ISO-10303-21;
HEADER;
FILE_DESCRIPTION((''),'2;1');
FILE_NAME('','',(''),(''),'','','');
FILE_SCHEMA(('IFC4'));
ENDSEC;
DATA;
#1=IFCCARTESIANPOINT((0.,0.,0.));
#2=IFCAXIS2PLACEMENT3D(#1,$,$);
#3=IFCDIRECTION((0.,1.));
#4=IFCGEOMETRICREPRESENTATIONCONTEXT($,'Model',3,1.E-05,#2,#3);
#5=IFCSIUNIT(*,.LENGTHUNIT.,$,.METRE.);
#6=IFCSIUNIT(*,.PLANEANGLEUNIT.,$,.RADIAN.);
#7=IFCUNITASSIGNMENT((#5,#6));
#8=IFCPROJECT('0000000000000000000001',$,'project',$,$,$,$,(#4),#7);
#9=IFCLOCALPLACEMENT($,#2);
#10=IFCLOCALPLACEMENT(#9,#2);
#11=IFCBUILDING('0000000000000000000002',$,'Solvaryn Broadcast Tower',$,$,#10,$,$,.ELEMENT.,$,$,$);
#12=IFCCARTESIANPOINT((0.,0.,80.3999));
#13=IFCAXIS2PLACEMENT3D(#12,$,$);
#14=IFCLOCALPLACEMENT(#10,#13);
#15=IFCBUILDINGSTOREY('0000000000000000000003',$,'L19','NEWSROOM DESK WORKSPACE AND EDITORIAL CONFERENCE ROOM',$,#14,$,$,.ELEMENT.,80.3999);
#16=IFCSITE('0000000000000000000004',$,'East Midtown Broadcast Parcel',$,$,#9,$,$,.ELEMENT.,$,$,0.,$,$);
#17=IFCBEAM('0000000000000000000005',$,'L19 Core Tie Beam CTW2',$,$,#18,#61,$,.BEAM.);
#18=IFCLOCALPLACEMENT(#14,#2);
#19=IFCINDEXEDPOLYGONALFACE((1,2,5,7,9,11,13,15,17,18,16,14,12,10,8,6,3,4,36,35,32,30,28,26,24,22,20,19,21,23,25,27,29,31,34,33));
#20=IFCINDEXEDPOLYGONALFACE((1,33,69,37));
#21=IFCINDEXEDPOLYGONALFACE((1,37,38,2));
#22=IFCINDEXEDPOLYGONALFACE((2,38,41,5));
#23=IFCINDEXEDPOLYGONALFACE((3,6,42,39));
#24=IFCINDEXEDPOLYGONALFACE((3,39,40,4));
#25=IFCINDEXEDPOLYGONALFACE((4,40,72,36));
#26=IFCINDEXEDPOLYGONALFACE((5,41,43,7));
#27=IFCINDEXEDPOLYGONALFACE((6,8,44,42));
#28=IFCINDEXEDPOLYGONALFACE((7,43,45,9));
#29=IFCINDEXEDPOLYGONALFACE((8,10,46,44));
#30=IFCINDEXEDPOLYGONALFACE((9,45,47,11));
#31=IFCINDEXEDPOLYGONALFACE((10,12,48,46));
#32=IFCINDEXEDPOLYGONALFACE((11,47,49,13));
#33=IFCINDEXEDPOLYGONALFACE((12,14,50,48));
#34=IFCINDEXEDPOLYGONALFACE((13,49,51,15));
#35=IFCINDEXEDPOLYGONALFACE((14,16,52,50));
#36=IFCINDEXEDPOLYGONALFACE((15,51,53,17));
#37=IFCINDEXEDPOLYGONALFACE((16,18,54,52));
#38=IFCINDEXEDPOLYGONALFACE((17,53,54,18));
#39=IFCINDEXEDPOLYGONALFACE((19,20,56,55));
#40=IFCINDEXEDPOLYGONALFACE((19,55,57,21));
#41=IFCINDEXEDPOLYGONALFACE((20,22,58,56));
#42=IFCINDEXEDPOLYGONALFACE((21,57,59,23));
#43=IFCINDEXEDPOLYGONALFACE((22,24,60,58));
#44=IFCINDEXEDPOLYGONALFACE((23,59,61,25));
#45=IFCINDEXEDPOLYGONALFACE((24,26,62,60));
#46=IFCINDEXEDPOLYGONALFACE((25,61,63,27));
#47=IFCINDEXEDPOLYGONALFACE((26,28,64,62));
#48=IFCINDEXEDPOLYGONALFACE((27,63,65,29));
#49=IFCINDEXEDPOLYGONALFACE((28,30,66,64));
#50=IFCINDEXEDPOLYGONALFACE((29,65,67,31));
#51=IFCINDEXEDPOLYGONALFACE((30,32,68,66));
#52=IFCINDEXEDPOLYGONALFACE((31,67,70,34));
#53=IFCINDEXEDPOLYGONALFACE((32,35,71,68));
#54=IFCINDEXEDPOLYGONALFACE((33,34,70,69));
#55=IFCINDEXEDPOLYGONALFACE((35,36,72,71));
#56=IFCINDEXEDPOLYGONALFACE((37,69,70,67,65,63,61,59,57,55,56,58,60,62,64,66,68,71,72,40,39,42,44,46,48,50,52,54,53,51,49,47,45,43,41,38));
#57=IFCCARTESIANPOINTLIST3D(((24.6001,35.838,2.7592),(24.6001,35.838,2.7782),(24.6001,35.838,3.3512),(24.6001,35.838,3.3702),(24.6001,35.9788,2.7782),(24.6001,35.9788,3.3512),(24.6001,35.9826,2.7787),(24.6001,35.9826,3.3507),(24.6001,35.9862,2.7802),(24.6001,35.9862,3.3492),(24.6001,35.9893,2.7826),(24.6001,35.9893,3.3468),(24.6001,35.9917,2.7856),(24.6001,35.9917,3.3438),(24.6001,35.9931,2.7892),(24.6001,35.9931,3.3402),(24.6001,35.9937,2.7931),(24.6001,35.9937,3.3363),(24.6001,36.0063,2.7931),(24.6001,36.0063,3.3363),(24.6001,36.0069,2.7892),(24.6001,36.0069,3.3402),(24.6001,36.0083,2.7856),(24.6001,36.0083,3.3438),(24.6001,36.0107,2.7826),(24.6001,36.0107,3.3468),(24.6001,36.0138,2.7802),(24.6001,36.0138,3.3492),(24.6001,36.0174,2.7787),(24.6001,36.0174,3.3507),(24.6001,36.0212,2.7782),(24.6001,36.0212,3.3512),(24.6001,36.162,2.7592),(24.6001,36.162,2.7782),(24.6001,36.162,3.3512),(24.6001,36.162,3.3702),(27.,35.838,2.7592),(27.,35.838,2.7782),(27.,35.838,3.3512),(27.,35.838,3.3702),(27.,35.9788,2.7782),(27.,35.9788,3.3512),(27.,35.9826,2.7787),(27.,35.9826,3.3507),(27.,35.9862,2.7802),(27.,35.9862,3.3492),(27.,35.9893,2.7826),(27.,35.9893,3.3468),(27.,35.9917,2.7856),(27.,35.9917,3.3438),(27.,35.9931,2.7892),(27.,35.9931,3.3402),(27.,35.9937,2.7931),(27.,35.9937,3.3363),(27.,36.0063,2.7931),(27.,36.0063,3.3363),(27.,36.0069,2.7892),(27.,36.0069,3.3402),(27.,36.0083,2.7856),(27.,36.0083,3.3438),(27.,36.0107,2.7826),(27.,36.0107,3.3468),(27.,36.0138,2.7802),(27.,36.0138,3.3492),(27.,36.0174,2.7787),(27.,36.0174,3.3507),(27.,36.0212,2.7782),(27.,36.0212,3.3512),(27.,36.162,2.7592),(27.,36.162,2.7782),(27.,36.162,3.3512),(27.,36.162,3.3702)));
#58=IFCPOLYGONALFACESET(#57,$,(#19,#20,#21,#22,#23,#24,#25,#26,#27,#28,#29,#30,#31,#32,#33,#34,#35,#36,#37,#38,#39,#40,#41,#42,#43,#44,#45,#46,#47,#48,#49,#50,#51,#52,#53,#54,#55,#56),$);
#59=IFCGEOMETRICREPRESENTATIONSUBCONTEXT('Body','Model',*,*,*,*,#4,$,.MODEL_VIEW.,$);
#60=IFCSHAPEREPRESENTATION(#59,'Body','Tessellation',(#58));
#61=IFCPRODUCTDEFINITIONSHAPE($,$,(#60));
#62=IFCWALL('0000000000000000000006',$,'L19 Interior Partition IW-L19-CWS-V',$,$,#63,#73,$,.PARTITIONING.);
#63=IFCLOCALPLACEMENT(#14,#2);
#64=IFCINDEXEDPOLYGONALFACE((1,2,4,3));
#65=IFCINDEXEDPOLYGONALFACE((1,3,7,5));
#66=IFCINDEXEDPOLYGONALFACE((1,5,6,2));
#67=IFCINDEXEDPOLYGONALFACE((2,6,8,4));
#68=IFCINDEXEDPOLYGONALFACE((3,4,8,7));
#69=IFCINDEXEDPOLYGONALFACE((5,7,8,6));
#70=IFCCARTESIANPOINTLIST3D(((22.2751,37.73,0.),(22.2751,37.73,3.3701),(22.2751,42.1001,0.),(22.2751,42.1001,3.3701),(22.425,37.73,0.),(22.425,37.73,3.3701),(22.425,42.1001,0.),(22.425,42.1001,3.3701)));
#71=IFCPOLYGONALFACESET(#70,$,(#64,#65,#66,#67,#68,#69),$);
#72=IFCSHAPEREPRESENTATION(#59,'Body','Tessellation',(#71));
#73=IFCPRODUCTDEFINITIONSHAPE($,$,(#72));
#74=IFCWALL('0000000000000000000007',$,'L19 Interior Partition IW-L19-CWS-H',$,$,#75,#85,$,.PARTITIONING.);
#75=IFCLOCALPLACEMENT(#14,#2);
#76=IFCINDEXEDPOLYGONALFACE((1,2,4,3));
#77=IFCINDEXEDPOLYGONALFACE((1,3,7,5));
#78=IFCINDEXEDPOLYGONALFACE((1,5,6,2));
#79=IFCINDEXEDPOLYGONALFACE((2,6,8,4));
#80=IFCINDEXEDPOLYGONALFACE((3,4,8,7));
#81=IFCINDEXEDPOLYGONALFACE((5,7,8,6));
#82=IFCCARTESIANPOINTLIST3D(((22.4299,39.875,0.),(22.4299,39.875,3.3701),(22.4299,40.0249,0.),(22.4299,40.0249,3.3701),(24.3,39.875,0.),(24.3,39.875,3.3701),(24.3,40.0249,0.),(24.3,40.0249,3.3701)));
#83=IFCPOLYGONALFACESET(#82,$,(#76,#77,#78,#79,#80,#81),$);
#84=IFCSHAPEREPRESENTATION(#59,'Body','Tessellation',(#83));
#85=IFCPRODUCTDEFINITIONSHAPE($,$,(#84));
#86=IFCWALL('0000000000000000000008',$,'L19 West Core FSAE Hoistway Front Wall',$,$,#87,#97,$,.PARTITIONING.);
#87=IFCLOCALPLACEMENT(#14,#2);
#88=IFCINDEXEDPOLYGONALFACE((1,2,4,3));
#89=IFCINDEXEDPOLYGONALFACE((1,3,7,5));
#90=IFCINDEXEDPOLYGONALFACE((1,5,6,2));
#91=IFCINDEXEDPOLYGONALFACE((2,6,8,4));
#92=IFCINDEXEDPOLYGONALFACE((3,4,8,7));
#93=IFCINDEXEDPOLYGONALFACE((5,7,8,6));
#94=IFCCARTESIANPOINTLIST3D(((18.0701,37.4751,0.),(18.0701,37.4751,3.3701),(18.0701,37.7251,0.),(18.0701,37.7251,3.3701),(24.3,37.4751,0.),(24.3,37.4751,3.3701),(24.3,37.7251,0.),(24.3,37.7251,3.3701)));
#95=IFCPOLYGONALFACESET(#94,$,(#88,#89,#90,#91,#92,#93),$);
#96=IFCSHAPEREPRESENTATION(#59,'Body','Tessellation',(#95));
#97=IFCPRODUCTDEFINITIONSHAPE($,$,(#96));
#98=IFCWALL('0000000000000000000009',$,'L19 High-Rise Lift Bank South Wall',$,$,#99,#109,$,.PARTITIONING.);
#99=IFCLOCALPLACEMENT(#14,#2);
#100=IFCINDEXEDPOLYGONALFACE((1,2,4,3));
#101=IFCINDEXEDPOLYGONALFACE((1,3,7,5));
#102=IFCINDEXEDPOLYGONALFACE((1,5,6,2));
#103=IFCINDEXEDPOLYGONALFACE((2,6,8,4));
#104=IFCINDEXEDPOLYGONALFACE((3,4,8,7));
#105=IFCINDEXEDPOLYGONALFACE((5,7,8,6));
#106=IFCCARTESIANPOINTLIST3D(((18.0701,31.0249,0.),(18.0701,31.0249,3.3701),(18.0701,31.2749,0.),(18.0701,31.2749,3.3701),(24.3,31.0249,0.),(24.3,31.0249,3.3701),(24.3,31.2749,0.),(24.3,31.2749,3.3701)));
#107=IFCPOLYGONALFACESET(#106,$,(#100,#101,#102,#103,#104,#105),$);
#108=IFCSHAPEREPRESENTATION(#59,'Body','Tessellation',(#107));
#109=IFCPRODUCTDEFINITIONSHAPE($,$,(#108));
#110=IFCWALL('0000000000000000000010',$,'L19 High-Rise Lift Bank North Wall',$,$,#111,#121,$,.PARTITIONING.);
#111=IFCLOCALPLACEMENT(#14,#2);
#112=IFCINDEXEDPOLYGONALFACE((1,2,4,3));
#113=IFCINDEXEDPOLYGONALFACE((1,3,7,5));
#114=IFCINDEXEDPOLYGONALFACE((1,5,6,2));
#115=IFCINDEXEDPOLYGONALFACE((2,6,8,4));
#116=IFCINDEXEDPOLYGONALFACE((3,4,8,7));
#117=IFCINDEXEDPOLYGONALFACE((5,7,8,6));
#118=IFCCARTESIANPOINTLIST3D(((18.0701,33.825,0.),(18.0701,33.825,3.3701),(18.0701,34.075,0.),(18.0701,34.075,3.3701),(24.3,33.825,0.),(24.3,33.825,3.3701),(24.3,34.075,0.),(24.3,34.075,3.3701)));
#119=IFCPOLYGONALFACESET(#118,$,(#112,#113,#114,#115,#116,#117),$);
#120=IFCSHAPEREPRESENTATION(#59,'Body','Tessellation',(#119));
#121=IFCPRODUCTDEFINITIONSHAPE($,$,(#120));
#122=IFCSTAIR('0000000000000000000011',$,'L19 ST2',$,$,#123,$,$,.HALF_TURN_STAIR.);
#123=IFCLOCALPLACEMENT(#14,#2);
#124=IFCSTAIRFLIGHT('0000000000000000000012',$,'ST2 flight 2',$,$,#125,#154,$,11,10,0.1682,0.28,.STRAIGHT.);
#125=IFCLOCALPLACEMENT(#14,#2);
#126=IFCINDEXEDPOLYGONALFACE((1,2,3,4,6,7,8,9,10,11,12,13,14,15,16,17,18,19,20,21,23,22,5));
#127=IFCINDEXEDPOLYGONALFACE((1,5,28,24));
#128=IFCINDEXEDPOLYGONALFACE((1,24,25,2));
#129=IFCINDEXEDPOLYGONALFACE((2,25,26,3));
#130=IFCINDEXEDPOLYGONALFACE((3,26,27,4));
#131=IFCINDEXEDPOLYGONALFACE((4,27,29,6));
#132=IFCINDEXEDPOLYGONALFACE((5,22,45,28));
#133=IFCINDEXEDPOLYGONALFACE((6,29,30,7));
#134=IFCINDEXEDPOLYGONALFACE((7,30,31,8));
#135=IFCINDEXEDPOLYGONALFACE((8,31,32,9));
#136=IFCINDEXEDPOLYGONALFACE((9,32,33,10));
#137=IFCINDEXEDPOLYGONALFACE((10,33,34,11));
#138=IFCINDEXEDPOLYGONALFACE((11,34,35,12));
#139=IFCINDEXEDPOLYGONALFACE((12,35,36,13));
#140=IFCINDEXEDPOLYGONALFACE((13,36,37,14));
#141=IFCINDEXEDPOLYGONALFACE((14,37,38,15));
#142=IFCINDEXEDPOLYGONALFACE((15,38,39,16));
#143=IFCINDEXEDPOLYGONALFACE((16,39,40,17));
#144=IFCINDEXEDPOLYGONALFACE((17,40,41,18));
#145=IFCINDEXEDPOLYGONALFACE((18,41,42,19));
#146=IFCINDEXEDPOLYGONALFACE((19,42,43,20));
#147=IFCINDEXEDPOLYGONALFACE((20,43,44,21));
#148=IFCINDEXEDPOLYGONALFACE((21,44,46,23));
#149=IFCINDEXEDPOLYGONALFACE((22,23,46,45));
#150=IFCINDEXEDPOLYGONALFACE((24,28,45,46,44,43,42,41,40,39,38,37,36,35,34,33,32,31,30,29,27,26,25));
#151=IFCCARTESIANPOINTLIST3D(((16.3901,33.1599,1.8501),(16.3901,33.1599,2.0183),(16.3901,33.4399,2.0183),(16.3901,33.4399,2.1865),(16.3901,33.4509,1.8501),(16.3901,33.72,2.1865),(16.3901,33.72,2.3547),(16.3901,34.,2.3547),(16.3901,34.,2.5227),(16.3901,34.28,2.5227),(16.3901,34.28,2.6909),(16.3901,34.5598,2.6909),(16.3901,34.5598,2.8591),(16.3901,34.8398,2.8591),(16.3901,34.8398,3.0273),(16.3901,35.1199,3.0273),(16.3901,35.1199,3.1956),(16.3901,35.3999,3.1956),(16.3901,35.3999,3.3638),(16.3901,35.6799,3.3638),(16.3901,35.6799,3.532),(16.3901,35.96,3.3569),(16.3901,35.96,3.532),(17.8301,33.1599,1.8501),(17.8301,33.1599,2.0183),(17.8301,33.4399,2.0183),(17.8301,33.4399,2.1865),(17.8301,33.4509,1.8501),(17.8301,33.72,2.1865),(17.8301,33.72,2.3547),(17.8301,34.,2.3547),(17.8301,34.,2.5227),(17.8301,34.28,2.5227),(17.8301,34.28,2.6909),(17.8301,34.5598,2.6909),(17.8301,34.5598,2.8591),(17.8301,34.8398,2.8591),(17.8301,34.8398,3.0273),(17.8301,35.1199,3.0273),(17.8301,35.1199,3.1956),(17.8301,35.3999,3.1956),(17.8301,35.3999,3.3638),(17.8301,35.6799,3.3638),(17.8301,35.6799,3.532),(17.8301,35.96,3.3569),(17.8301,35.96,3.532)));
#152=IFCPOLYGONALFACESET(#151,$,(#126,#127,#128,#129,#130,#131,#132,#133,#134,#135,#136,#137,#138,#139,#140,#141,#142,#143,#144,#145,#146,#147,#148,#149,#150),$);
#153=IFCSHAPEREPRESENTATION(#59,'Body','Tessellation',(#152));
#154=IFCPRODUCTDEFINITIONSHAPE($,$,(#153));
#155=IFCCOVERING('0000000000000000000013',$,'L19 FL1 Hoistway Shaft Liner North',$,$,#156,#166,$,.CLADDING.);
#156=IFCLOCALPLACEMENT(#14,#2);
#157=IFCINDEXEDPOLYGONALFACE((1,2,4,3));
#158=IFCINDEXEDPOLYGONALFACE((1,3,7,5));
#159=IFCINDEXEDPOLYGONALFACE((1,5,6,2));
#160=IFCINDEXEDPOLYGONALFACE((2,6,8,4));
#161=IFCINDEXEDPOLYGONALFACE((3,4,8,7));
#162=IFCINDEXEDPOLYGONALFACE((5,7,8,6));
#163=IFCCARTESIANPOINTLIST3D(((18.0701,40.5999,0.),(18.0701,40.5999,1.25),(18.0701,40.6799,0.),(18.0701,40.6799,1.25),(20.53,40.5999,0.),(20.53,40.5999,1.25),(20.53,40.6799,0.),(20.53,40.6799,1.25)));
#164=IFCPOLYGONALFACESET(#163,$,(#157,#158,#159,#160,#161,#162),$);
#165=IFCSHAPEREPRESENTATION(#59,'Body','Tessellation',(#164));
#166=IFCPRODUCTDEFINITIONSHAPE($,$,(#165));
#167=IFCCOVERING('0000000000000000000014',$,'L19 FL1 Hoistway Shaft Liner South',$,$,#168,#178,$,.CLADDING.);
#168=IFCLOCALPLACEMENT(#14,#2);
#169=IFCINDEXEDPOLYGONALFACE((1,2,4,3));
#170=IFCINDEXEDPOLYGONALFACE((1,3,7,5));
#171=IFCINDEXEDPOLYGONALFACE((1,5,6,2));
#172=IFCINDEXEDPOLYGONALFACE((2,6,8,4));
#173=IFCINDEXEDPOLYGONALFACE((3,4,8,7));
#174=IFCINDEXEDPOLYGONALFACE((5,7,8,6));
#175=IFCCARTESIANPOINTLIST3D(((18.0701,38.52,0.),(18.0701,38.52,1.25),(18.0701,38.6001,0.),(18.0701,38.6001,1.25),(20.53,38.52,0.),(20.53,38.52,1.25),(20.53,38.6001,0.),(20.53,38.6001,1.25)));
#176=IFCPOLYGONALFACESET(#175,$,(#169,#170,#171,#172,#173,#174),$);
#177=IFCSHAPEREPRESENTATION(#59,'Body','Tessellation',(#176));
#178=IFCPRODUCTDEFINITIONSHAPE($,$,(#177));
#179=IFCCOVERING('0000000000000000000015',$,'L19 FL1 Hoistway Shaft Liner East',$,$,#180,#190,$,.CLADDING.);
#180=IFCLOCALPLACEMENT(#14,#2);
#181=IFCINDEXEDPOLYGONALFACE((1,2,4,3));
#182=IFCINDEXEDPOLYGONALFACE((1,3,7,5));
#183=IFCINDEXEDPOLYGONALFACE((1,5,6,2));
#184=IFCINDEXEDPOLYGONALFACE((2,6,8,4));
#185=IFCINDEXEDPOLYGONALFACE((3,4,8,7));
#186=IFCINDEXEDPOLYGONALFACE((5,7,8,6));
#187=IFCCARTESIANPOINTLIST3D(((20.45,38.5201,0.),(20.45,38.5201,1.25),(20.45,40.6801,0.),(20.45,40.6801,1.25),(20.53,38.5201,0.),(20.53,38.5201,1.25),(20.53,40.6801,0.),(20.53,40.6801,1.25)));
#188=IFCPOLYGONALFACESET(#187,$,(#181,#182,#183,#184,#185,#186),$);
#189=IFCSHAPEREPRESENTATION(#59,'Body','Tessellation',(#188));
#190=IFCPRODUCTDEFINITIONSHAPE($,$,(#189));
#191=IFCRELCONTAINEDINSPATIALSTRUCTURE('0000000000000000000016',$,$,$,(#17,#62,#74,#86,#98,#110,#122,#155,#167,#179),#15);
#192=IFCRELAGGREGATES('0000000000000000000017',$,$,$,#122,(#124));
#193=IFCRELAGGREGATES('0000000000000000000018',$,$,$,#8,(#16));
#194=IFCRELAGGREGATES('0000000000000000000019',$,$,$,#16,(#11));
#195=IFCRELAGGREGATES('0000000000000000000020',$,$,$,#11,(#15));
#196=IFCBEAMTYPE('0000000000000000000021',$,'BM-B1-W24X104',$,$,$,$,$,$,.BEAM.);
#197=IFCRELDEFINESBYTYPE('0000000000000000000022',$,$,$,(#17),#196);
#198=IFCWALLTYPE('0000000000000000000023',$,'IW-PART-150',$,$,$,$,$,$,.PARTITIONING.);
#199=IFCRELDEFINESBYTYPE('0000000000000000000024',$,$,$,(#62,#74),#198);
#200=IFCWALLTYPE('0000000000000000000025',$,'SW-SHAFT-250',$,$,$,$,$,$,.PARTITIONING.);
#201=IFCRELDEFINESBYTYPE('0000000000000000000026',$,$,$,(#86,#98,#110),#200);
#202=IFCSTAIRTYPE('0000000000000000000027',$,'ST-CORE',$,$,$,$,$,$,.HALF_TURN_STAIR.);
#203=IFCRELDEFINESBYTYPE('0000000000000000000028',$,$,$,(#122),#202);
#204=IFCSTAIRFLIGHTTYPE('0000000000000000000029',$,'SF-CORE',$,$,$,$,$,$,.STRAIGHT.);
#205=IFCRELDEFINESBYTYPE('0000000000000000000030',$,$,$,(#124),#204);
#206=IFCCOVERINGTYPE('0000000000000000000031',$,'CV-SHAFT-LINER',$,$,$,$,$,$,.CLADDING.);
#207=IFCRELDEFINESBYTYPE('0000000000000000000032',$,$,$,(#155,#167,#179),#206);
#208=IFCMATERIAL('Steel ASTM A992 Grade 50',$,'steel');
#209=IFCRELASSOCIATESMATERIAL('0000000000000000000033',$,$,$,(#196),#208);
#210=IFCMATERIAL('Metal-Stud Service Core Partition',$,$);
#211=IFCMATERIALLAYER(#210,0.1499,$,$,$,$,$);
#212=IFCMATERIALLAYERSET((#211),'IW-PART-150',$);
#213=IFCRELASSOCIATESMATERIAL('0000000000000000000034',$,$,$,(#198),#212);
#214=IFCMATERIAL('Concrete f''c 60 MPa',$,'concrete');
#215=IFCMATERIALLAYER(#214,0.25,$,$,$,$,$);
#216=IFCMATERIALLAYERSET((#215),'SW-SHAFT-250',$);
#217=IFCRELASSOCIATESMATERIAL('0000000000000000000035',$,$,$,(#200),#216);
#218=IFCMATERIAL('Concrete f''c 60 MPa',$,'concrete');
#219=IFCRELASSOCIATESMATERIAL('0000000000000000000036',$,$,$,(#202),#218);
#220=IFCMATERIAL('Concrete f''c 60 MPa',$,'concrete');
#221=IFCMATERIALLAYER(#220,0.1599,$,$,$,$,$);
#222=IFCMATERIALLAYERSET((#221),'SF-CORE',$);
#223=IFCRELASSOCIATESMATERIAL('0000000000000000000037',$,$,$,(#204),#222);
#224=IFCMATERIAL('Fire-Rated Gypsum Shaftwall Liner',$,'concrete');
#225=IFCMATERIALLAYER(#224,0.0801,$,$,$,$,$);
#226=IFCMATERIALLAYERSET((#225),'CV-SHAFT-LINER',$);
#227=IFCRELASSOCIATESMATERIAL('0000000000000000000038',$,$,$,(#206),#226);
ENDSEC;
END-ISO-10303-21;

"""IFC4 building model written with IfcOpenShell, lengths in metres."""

from ifc_helpers import new_model, si_unit, direction, frame, frame_2d, origin, origin_2d, place, context, subcontext, project, spatial, polyline, rectangle, i_section, outline, extrude, material, layer, layer_set, material_profile, profile_set, type_object, element, aggregate, save


model = new_model("IFC4")

# Units and contexts
model_context = context("Model", 3, precision=1e-05, world=origin(), true_north=direction((0.0, 1.0)))
body_context = subcontext(model_context, "Body", "Model", "MODEL_VIEW")
ifc_project = project(units=[si_unit("LENGTHUNIT", "METRE"), si_unit("PLANEANGLEUNIT", "RADIAN")], contexts=[model_context])

# Site, building, storey
site_placement = place(None, origin())
site = spatial("IfcSite", under=ifc_project, at=site_placement, Name="East Midtown Broadcast Parcel", CompositionType="ELEMENT", RefElevation=0.0)
building_placement = place(site_placement, origin())
building = spatial("IfcBuilding", under=site, at=building_placement, Name="Solvaryn Broadcast Tower", CompositionType="ELEMENT")
storey_placement = place(building_placement, frame((0.0, 0.0, 80.3999)))
storey = spatial("IfcBuildingStorey", under=building, at=storey_placement, Name="L19", Description="NEWSROOM DESK WORKSPACE AND EDITORIAL CONFERENCE ROOM", CompositionType="ELEMENT", Elevation=80.3999)

# Beam
ifc_material_1 = material(Name="Steel ASTM A992 Grade 50", Category="steel")
ifc_material_profile = material_profile(ifc_material_1, i_section(OverallWidth=0.324, OverallDepth=0.6111, WebThickness=0.0127, FlangeThickness=0.019, FilletRadius=0.0149, at=origin_2d()))
ifc_profile_set = profile_set([ifc_material_profile], Name="Steel ASTM A992 Grade 50")
beam_type = type_object("IfcBeamType", Name="BM-B1-W24X104", PredefinedType="BEAM", material=ifc_profile_set)
beam_placement = place(storey_placement, frame((24.6001, 36.0, 3.0647), z_axis=(1.0, 0.0, 0.0), x_axis=(0.0, 1.0, 0.0)))
element("IfcBeam", 1, at=beam_placement, inside=storey, type_object=beam_type, Name="L19 Core Tie Beam CTW2", PredefinedType="BEAM", context=body_context, shape_type="SweptSolid", body=[
    extrude(i_section(OverallWidth=0.324, OverallDepth=0.6111, WebThickness=0.0127, FlangeThickness=0.019, FilletRadius=0.0149, at=origin_2d()), origin(), (0.0, 0.0, 1.0), 2.3999),
])

# Walls
ifc_material_2 = material(Name="Metal-Stud Service Core Partition")
ifc_layer_1 = layer(ifc_material_2, 0.1499)
ifc_layer_set_1 = layer_set([ifc_layer_1], Name="IW-PART-150")
wall_type_1 = type_object("IfcWallType", Name="IW-PART-150", PredefinedType="PARTITIONING", material=ifc_layer_set_1)
wall_1_placement = place(storey_placement, frame((22.3501, 37.73, 0.0), z_axis=(0.0, 0.0, 1.0), x_axis=(0.0, 1.0, 0.0)))
element("IfcWall", 2, at=wall_1_placement, inside=storey, type_object=wall_type_1, Name="L19 Interior Partition IW-L19-CWS-V", PredefinedType="PARTITIONING", context=body_context, shape_type="SweptSolid", body=[
    extrude(rectangle(XDim=4.3701, YDim=0.1499, at=frame_2d((2.1851, 0.0))), origin(), (0.0, 0.0, 1.0), 3.3701),
])
wall_2_placement = place(storey_placement, frame((22.4299, 39.95, 0.0), z_axis=(0.0, 0.0, 1.0), x_axis=(1.0, 0.0, 0.0)))
element("IfcWall", 3, at=wall_2_placement, inside=storey, type_object=wall_type_1, Name="L19 Interior Partition IW-L19-CWS-H", PredefinedType="PARTITIONING", context=body_context, shape_type="SweptSolid", body=[
    extrude(rectangle(XDim=1.8701, YDim=0.1499, at=frame_2d((0.9351, 0.0))), origin(), (0.0, 0.0, 1.0), 3.3701),
])
ifc_material_3 = material(Name="Concrete f'c 60 MPa", Category="concrete")
ifc_layer_2 = layer(ifc_material_3, 0.25)
ifc_layer_set_2 = layer_set([ifc_layer_2], Name="SW-SHAFT-250")
wall_type_2 = type_object("IfcWallType", Name="SW-SHAFT-250", PredefinedType="PARTITIONING", material=ifc_layer_set_2)
for number, where, z_axis, x_axis, name in (
    (4, (18.0701, 37.6001, 0.0), (0.0, 0.0, 1.0), (1.0, 0.0, 0.0), "L19 West Core FSAE Hoistway Front Wall"),
    (5, (18.0701, 31.1499, 0.0), (0.0, 0.0, 1.0), (1.0, 0.0, 0.0), "L19 High-Rise Lift Bank South Wall"),
    (6, (24.3, 33.95, 0.0), (0.0, 0.0, 1.0), (-1.0, 0.0, 0.0), "L19 High-Rise Lift Bank North Wall"),
):
    element("IfcWall", number, at=place(storey_placement, frame(where, z_axis=z_axis, x_axis=x_axis)), inside=storey, type_object=wall_type_2, Name=name, PredefinedType="PARTITIONING", context=body_context, shape_type="SweptSolid", body=[
        extrude(rectangle(XDim=6.23, YDim=0.25, at=frame_2d((3.115, 0.0))), origin(), (0.0, 0.0, 1.0), 3.3701),
    ])

# Stair, stair flight
ifc_material_4 = material(Name="Concrete f'c 60 MPa", Category="concrete")
stair_type = type_object("IfcStairType", Name="ST-CORE", PredefinedType="HALF_TURN_STAIR", material=ifc_material_4)
stair_placement = place(storey_placement, origin())
stair = element("IfcStair", 7, at=stair_placement, inside=storey, type_object=stair_type, Name="L19 ST2", PredefinedType="HALF_TURN_STAIR")
ifc_material_5 = material(Name="Concrete f'c 60 MPa", Category="concrete")
ifc_layer_3 = layer(ifc_material_5, 0.1599)
ifc_layer_set_3 = layer_set([ifc_layer_3], Name="SF-CORE")
stair_flight_type = type_object("IfcStairFlightType", Name="SF-CORE", PredefinedType="STRAIGHT", material=ifc_layer_set_3)
stair_flight_placement = place(storey_placement, frame((17.1101, 33.1599, 1.8501), z_axis=(0.0, 0.0, 1.0), x_axis=(0.0, 1.0, 0.0)))
stair_flight = element("IfcStairFlight", 8, at=stair_flight_placement, type_object=stair_flight_type, Name="ST2 flight 2", NumberOfRisers=11, NumberOfTreads=10, PredefinedType="STRAIGHT", RiserHeight=0.1682, TreadLength=0.28, context=body_context, shape_type="SweptSolid", body=[
    extrude(outline(polyline([(0.0, 0.0), (0.0, 0.1682), (0.28, 0.1682), (0.28, 0.3364), (0.5601, 0.3364), (0.5601, 0.5046), (0.8401, 0.5046), (0.8401, 0.6726), (1.1201, 0.6726), (1.1201, 0.8408), (1.3999, 0.8408), (1.3999, 1.009), (1.6799, 1.009), (1.6799, 1.1772), (1.96, 1.1772), (1.96, 1.3455), (2.24, 1.3455), (2.24, 1.5137), (2.52, 1.5137), (2.52, 1.6819), (2.8, 1.6819), (2.8, 1.8501), (2.8, 1.5068), (0.291, 0.0), (0.0, 0.0)])), frame((0.0, 0.72, 0.0), z_axis=(0.0, -1.0, 0.0), x_axis=(1.0, 0.0, 0.0)), (0.0, 0.0, 1.0), 1.4399),
])
aggregate(stair, [stair_flight])

# Coverings
ifc_material_6 = material(Name="Fire-Rated Gypsum Shaftwall Liner", Category="concrete")
ifc_layer_4 = layer(ifc_material_6, 0.0801)
ifc_layer_set_4 = layer_set([ifc_layer_4], Name="CV-SHAFT-LINER")
covering_type = type_object("IfcCoveringType", Name="CV-SHAFT-LINER", PredefinedType="CLADDING", material=ifc_layer_set_4)
for number, where, z_axis, x_axis, name in (
    (9, (19.3, 40.6399, 0.0), (0.0, 0.0, 1.0), (1.0, 0.0, 0.0), "L19 FL1 Hoistway Shaft Liner North"),
    (10, (19.3, 38.5601, 0.0), (0.0, 0.0, 1.0), (1.0, 0.0, 0.0), "L19 FL1 Hoistway Shaft Liner South"),
):
    element("IfcCovering", number, at=place(storey_placement, frame(where, z_axis=z_axis, x_axis=x_axis)), inside=storey, type_object=covering_type, Name=name, PredefinedType="CLADDING", context=body_context, shape_type="SweptSolid", body=[
        extrude(rectangle(XDim=2.46, YDim=0.0801, at=origin_2d()), origin(), (0.0, 0.0, 1.0), 1.25),
    ])
covering_placement = place(storey_placement, frame((20.49, 39.6001, 0.0), z_axis=(0.0, 0.0, 1.0), x_axis=(1.0, 0.0, 0.0)))
element("IfcCovering", 11, at=covering_placement, inside=storey, type_object=covering_type, Name="L19 FL1 Hoistway Shaft Liner East", PredefinedType="CLADDING", context=body_context, shape_type="SweptSolid", body=[
    extrude(rectangle(XDim=0.0801, YDim=2.1599, at=origin_2d()), origin(), (0.0, 0.0, 1.0), 1.25),
])

save(model, "model.ifc")
